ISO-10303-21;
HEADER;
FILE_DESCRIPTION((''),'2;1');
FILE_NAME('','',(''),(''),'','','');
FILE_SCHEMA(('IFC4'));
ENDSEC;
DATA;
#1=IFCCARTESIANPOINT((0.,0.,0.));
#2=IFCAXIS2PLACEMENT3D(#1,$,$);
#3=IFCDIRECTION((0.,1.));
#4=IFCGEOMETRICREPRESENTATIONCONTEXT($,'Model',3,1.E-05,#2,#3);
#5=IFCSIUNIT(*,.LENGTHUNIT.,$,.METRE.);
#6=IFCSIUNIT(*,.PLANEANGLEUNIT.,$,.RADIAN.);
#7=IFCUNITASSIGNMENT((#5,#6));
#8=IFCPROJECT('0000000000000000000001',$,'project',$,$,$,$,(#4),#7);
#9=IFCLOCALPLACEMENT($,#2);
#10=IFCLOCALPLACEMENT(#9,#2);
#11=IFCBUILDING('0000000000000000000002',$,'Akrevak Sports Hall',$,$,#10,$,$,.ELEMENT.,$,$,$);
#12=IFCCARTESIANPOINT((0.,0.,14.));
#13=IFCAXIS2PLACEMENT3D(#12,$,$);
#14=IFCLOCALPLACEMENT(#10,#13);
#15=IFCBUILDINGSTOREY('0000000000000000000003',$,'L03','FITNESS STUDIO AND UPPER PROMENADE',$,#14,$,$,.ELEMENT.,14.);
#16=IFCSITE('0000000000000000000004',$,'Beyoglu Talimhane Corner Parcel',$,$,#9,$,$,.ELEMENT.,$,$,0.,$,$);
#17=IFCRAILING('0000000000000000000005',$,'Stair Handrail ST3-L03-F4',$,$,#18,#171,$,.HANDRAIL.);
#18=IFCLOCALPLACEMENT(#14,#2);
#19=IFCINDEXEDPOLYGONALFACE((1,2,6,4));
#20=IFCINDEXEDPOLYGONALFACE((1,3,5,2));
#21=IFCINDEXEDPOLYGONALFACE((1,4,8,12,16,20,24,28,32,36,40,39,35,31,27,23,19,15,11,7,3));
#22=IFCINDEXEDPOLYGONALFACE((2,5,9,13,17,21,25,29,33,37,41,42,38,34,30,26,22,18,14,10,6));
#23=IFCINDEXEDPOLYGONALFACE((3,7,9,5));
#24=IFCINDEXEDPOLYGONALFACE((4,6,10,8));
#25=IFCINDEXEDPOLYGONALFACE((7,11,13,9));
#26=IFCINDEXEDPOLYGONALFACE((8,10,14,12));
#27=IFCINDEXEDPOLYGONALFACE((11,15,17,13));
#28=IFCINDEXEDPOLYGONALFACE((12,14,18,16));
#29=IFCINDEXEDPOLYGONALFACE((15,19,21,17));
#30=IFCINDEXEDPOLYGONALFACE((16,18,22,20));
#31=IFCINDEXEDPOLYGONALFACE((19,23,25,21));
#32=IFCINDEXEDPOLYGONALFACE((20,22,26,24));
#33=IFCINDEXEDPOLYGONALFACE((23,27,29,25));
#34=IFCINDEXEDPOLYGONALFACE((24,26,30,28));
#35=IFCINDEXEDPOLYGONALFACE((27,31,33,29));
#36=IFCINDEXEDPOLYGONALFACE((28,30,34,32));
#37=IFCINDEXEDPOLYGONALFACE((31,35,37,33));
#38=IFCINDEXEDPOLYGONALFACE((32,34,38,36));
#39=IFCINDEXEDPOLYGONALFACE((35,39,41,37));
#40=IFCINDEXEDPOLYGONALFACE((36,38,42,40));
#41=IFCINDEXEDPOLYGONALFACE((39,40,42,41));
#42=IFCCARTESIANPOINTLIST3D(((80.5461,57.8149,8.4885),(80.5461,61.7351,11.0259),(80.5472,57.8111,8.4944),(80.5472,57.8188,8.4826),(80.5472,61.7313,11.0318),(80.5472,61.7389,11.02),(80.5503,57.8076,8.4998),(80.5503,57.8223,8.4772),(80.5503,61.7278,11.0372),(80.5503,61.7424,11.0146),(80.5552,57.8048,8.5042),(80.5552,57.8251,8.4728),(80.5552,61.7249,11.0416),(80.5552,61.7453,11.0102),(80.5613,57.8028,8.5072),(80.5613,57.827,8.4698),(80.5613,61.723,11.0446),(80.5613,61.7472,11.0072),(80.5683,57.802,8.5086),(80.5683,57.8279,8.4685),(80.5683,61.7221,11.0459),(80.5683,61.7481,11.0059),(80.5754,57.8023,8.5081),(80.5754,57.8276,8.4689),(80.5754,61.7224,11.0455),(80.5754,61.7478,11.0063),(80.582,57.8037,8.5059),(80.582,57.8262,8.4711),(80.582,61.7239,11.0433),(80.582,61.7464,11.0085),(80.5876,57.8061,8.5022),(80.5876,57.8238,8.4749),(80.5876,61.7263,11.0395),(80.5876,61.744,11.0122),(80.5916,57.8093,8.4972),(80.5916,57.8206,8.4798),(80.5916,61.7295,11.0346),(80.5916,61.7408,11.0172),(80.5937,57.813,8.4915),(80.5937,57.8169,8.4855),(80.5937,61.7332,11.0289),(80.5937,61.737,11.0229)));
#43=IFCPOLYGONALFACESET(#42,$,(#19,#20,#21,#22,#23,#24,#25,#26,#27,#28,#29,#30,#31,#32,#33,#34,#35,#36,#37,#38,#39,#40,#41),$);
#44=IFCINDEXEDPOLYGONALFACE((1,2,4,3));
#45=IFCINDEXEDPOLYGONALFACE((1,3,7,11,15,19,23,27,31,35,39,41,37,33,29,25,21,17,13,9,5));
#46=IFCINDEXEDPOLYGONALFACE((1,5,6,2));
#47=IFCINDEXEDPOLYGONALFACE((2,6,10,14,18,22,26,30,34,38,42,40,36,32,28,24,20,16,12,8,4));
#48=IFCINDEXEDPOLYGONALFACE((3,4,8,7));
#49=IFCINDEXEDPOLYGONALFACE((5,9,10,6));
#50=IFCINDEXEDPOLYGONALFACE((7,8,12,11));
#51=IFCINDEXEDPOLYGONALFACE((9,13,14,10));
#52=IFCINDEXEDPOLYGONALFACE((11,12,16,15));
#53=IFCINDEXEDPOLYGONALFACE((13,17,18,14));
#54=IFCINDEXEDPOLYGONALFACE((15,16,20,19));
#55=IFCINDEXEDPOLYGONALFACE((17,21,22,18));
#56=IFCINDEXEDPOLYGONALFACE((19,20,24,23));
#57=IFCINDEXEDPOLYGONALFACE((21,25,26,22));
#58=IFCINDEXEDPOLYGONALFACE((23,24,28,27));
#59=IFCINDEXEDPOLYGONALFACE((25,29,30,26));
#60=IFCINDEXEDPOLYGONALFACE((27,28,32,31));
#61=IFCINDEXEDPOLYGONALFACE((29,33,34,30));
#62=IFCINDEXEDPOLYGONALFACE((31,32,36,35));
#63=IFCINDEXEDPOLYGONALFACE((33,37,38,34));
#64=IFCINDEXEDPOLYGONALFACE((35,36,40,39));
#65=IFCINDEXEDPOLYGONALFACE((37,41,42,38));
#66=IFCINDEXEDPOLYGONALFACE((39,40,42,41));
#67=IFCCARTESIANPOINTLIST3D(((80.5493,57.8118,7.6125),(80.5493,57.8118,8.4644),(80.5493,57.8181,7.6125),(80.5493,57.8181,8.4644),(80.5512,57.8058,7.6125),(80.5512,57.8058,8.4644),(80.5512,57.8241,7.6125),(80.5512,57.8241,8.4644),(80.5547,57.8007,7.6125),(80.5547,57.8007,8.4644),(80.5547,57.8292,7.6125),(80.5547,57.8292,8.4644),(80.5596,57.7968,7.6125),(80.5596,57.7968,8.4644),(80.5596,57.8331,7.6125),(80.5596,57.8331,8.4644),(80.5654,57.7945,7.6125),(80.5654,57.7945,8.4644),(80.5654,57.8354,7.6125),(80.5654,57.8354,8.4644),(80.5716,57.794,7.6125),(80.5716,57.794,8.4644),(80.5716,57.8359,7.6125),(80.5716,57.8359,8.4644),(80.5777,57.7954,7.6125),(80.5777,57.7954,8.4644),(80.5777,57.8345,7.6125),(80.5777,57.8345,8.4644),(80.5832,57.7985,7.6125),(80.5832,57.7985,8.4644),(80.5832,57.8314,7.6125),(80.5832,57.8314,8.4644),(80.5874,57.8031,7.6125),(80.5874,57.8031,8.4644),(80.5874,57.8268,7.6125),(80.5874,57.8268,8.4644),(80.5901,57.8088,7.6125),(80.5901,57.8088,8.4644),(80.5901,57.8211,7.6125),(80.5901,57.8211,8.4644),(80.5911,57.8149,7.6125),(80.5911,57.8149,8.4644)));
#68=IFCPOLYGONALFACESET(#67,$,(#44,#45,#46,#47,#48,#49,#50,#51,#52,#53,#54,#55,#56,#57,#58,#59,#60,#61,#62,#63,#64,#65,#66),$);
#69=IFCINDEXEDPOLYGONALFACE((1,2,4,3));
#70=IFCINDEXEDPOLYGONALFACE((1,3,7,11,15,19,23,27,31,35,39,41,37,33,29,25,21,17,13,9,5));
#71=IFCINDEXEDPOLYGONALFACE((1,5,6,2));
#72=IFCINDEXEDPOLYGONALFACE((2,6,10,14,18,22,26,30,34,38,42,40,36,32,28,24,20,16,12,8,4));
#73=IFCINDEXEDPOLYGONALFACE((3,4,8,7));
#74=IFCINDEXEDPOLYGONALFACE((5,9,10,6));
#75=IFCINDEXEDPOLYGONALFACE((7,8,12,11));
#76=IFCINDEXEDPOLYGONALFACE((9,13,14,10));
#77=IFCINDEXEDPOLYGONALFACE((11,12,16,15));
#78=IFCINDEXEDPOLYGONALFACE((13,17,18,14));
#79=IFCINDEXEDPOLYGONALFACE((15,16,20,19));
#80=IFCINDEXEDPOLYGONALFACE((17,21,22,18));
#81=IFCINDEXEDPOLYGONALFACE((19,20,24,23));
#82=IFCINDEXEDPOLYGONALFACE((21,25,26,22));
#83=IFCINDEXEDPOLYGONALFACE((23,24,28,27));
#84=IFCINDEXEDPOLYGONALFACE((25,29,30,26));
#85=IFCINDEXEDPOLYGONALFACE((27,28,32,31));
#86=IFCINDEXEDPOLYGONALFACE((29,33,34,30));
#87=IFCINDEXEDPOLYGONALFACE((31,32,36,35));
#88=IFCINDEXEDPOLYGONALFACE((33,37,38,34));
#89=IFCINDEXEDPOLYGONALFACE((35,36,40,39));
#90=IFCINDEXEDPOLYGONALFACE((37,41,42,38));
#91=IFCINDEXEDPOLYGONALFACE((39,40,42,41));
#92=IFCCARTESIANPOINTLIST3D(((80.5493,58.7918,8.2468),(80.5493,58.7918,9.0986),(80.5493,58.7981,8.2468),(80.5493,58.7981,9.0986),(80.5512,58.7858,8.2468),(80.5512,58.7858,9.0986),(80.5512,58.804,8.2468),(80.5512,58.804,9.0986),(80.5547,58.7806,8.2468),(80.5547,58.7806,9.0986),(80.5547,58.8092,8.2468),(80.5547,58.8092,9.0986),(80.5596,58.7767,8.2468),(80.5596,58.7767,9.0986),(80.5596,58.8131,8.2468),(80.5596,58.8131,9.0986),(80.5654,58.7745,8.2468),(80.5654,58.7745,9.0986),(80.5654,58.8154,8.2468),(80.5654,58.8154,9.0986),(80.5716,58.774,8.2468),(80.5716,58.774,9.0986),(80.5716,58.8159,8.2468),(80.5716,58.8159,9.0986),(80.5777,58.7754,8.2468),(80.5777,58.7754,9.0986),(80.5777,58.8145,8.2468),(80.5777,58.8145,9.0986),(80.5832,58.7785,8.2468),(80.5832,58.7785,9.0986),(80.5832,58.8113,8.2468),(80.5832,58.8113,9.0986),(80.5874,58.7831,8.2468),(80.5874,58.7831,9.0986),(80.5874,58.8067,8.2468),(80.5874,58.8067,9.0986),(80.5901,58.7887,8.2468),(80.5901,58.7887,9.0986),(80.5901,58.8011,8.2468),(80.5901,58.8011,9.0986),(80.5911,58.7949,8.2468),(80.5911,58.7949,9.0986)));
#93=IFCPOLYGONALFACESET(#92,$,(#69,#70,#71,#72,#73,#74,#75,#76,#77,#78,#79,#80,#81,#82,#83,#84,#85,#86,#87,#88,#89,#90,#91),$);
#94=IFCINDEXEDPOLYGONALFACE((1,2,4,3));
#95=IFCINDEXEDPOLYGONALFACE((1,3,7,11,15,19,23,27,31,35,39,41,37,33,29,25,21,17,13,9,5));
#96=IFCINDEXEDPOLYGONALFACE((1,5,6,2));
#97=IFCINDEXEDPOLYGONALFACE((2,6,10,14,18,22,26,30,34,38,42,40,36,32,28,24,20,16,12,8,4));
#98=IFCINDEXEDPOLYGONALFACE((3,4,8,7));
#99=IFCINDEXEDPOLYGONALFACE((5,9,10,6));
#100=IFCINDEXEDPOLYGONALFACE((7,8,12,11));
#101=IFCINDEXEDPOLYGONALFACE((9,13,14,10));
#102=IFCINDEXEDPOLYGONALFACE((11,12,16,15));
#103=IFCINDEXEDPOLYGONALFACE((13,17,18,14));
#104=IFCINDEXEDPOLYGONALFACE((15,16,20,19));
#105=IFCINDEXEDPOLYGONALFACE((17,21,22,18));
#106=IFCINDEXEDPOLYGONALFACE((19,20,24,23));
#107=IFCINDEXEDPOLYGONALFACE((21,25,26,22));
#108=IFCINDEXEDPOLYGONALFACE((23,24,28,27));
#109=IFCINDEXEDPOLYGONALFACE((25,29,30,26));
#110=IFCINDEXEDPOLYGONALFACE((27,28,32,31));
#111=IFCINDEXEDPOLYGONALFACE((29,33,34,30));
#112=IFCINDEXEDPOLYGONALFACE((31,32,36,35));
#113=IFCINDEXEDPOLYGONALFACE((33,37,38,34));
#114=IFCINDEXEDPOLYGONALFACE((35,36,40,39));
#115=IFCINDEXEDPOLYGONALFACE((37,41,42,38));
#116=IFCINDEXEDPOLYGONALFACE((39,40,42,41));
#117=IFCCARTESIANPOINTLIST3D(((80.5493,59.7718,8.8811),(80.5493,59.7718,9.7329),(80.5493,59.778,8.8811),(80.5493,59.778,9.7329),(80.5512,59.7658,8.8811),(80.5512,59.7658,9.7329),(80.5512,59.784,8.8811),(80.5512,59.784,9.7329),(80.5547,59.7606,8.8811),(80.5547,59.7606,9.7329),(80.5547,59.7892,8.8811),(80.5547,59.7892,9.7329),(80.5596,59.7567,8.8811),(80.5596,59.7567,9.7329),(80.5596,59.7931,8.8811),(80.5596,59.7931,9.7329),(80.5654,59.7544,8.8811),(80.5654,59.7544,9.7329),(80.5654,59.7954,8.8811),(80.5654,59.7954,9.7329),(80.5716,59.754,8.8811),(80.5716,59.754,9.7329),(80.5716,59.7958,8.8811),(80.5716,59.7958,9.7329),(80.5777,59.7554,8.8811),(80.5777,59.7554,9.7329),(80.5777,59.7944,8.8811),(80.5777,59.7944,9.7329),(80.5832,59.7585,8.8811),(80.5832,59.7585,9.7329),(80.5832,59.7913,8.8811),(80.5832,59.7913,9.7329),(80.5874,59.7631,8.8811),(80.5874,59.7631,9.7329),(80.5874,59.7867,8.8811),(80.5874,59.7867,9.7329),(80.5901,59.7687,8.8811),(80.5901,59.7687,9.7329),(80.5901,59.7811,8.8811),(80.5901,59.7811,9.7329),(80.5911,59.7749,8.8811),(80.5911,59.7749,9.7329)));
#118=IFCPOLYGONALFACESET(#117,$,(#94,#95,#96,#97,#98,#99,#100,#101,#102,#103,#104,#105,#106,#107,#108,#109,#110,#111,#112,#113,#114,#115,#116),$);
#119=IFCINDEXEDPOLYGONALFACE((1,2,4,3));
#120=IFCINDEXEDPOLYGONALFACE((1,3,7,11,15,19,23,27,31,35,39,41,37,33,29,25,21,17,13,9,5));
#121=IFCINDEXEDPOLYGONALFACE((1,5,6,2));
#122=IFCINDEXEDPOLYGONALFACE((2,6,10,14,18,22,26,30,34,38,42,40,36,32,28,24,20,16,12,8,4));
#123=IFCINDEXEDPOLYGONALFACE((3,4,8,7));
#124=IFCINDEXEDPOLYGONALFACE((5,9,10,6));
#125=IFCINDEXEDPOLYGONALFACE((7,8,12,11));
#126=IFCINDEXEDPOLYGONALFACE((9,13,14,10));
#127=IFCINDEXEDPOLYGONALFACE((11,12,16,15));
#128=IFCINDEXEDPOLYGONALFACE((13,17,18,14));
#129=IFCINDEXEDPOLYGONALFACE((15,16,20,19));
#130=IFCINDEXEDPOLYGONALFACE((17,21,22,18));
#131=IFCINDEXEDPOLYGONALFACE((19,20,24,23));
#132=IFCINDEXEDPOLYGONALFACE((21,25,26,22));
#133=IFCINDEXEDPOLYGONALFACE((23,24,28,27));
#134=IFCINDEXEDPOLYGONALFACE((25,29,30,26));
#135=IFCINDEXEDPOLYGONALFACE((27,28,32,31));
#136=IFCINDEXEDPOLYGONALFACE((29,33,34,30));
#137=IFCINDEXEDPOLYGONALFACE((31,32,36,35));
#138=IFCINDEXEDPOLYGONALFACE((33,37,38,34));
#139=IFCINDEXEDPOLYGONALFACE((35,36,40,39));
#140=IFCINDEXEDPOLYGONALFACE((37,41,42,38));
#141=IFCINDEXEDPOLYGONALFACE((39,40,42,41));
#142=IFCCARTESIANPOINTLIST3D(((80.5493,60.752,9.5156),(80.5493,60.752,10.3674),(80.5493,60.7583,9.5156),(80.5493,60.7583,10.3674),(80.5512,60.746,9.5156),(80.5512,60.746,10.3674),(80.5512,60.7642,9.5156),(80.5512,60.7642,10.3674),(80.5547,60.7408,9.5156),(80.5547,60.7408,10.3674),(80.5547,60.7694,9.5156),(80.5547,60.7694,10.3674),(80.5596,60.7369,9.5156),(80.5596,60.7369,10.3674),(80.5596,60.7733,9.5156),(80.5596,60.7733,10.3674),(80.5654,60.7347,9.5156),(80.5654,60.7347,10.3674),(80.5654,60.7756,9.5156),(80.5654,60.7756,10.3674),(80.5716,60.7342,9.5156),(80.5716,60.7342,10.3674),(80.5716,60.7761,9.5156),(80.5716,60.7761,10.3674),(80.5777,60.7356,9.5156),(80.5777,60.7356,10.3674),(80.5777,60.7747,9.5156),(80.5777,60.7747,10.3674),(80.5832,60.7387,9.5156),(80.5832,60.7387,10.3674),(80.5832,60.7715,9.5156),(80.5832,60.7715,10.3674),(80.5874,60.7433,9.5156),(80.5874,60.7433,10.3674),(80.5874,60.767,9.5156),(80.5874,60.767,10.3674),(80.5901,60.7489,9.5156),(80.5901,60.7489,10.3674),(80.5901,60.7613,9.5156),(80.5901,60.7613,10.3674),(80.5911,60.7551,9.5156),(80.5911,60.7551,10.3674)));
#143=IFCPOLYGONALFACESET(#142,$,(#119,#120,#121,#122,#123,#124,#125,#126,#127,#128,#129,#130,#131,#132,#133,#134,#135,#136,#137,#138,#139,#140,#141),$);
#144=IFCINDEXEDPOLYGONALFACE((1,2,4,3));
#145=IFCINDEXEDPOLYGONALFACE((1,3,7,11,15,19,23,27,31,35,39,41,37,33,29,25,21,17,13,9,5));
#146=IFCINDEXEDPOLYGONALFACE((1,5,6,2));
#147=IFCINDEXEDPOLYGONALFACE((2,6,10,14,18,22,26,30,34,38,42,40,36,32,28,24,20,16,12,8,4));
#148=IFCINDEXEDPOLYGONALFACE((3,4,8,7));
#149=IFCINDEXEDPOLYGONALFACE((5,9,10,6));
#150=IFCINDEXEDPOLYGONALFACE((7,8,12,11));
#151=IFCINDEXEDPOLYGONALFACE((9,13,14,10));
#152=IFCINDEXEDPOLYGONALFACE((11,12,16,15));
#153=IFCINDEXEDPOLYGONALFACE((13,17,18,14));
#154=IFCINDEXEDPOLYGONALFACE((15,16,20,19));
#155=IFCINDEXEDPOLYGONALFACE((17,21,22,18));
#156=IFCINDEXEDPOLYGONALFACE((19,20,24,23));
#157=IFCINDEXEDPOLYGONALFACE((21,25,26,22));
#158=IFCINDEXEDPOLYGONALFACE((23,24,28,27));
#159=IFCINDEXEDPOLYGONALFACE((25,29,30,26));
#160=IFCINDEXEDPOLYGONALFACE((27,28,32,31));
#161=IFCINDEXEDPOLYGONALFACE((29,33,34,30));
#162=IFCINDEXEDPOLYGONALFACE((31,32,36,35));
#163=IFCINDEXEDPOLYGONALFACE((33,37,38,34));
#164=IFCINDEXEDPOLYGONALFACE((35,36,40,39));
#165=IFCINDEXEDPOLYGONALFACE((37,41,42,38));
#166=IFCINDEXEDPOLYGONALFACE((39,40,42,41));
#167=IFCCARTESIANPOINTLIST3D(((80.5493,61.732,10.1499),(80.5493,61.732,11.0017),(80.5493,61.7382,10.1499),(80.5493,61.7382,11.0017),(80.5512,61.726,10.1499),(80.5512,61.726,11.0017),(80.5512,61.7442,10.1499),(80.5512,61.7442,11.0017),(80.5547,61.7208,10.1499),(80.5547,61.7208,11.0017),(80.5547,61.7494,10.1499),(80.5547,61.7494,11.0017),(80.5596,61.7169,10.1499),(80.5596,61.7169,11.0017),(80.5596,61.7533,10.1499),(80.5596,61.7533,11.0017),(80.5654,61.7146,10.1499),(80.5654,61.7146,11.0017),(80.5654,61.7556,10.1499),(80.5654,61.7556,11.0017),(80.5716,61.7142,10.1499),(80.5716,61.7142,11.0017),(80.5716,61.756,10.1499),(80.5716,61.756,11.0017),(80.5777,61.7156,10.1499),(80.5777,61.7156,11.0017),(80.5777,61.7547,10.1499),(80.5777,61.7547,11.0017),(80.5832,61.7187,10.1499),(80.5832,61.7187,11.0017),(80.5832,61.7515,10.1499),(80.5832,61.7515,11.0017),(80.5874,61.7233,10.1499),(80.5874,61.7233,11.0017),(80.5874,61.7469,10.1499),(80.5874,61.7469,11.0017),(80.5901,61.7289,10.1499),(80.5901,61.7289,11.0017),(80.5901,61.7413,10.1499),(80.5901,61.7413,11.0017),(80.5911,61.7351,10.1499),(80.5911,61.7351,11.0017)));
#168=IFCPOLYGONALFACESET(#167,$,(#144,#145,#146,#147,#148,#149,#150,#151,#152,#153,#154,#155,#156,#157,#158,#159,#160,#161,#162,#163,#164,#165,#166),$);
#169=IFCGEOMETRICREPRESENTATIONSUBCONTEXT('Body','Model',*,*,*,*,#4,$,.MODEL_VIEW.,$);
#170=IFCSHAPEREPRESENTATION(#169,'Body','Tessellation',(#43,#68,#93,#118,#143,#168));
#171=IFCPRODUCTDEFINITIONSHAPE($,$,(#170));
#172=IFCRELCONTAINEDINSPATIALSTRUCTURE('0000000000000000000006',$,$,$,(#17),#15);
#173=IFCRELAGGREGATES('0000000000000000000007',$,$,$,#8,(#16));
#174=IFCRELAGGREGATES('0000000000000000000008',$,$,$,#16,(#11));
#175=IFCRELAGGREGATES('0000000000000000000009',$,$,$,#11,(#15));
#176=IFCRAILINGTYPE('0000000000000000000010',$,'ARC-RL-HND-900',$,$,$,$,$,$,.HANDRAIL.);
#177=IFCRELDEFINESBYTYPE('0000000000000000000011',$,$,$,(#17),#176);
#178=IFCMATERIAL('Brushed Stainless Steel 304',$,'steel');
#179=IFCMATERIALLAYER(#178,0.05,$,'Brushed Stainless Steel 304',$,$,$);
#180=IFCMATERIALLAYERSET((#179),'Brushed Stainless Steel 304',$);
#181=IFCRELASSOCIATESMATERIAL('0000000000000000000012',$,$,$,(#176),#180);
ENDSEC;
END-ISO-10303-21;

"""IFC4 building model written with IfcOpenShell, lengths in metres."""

from ifc_helpers import new_model, si_unit, direction, frame, origin, origin_2d, place, context, subcontext, project, spatial, circle, extrude, material, layer, layer_set, type_object, element, save


model = new_model("IFC4")

# Units and contexts
model_context = context("Model", 3, precision=1e-05, world=origin(), true_north=direction((0.0, 1.0)))
body_context = subcontext(model_context, "Body", "Model", "MODEL_VIEW")
ifc_project = project(units=[si_unit("LENGTHUNIT", "METRE"), si_unit("PLANEANGLEUNIT", "RADIAN")], contexts=[model_context])

# Site, building, storey
site_placement = place(None, origin())
site = spatial("IfcSite", under=ifc_project, at=site_placement, Name="Beyoglu Talimhane Corner Parcel", CompositionType="ELEMENT", RefElevation=0.0)
building_placement = place(site_placement, origin())
building = spatial("IfcBuilding", under=site, at=building_placement, Name="Akrevak Sports Hall", CompositionType="ELEMENT")
storey_placement = place(building_placement, frame((0.0, 0.0, 14.0)))
storey = spatial("IfcBuildingStorey", under=building, at=storey_placement, Name="L03", Description="FITNESS STUDIO AND UPPER PROMENADE", CompositionType="ELEMENT", Elevation=14.0)

# Railing
ifc_material_1 = material(Name="Brushed Stainless Steel 304", Category="steel")
ifc_layer_1 = layer(ifc_material_1, 0.05, Name="Brushed Stainless Steel 304")
ifc_layer_set_1 = layer_set([ifc_layer_1], Name="Brushed Stainless Steel 304")
railing_type_1 = type_object("IfcRailingType", Name="ARC-RL-HND-900", PredefinedType="HANDRAIL", material=ifc_layer_set_1)
railing_1_placement = place(storey_placement, frame((80.5701, 57.8149, 7.6125)))
element("IfcRailing", 1, at=railing_1_placement, inside=storey, type_object=railing_type_1, Name="Stair Handrail ST3-L03-F4", PredefinedType="HANDRAIL", context=body_context, shape_type="SweptSolid", body=[
    extrude(circle(Radius=0.0239, at=origin_2d()), frame((0.0, 0.0, 0.876), z_axis=(0.0, 0.839494, 0.543368), x_axis=(-1.0, 0.0, 0.0)), (0.0, 0.0, 1.0), 4.6697),
    extrude(circle(Radius=0.021, at=origin_2d()), origin(), (0.0, 0.0, 1.0), 0.8518),
    extrude(circle(Radius=0.021, at=origin_2d()), frame((0.0, 0.98, 0.6343)), (0.0, 0.0, 1.0), 0.8518),
    extrude(circle(Radius=0.021, at=origin_2d()), frame((0.0, 1.96, 1.2686)), (0.0, 0.0, 1.0), 0.8518),
    extrude(circle(Radius=0.021, at=origin_2d()), frame((0.0, 2.9402, 1.9031)), (0.0, 0.0, 1.0), 0.8518),
    extrude(circle(Radius=0.021, at=origin_2d()), frame((0.0, 3.9202, 2.5374)), (0.0, 0.0, 1.0), 0.8518),
])

save(model, "model.ifc")
